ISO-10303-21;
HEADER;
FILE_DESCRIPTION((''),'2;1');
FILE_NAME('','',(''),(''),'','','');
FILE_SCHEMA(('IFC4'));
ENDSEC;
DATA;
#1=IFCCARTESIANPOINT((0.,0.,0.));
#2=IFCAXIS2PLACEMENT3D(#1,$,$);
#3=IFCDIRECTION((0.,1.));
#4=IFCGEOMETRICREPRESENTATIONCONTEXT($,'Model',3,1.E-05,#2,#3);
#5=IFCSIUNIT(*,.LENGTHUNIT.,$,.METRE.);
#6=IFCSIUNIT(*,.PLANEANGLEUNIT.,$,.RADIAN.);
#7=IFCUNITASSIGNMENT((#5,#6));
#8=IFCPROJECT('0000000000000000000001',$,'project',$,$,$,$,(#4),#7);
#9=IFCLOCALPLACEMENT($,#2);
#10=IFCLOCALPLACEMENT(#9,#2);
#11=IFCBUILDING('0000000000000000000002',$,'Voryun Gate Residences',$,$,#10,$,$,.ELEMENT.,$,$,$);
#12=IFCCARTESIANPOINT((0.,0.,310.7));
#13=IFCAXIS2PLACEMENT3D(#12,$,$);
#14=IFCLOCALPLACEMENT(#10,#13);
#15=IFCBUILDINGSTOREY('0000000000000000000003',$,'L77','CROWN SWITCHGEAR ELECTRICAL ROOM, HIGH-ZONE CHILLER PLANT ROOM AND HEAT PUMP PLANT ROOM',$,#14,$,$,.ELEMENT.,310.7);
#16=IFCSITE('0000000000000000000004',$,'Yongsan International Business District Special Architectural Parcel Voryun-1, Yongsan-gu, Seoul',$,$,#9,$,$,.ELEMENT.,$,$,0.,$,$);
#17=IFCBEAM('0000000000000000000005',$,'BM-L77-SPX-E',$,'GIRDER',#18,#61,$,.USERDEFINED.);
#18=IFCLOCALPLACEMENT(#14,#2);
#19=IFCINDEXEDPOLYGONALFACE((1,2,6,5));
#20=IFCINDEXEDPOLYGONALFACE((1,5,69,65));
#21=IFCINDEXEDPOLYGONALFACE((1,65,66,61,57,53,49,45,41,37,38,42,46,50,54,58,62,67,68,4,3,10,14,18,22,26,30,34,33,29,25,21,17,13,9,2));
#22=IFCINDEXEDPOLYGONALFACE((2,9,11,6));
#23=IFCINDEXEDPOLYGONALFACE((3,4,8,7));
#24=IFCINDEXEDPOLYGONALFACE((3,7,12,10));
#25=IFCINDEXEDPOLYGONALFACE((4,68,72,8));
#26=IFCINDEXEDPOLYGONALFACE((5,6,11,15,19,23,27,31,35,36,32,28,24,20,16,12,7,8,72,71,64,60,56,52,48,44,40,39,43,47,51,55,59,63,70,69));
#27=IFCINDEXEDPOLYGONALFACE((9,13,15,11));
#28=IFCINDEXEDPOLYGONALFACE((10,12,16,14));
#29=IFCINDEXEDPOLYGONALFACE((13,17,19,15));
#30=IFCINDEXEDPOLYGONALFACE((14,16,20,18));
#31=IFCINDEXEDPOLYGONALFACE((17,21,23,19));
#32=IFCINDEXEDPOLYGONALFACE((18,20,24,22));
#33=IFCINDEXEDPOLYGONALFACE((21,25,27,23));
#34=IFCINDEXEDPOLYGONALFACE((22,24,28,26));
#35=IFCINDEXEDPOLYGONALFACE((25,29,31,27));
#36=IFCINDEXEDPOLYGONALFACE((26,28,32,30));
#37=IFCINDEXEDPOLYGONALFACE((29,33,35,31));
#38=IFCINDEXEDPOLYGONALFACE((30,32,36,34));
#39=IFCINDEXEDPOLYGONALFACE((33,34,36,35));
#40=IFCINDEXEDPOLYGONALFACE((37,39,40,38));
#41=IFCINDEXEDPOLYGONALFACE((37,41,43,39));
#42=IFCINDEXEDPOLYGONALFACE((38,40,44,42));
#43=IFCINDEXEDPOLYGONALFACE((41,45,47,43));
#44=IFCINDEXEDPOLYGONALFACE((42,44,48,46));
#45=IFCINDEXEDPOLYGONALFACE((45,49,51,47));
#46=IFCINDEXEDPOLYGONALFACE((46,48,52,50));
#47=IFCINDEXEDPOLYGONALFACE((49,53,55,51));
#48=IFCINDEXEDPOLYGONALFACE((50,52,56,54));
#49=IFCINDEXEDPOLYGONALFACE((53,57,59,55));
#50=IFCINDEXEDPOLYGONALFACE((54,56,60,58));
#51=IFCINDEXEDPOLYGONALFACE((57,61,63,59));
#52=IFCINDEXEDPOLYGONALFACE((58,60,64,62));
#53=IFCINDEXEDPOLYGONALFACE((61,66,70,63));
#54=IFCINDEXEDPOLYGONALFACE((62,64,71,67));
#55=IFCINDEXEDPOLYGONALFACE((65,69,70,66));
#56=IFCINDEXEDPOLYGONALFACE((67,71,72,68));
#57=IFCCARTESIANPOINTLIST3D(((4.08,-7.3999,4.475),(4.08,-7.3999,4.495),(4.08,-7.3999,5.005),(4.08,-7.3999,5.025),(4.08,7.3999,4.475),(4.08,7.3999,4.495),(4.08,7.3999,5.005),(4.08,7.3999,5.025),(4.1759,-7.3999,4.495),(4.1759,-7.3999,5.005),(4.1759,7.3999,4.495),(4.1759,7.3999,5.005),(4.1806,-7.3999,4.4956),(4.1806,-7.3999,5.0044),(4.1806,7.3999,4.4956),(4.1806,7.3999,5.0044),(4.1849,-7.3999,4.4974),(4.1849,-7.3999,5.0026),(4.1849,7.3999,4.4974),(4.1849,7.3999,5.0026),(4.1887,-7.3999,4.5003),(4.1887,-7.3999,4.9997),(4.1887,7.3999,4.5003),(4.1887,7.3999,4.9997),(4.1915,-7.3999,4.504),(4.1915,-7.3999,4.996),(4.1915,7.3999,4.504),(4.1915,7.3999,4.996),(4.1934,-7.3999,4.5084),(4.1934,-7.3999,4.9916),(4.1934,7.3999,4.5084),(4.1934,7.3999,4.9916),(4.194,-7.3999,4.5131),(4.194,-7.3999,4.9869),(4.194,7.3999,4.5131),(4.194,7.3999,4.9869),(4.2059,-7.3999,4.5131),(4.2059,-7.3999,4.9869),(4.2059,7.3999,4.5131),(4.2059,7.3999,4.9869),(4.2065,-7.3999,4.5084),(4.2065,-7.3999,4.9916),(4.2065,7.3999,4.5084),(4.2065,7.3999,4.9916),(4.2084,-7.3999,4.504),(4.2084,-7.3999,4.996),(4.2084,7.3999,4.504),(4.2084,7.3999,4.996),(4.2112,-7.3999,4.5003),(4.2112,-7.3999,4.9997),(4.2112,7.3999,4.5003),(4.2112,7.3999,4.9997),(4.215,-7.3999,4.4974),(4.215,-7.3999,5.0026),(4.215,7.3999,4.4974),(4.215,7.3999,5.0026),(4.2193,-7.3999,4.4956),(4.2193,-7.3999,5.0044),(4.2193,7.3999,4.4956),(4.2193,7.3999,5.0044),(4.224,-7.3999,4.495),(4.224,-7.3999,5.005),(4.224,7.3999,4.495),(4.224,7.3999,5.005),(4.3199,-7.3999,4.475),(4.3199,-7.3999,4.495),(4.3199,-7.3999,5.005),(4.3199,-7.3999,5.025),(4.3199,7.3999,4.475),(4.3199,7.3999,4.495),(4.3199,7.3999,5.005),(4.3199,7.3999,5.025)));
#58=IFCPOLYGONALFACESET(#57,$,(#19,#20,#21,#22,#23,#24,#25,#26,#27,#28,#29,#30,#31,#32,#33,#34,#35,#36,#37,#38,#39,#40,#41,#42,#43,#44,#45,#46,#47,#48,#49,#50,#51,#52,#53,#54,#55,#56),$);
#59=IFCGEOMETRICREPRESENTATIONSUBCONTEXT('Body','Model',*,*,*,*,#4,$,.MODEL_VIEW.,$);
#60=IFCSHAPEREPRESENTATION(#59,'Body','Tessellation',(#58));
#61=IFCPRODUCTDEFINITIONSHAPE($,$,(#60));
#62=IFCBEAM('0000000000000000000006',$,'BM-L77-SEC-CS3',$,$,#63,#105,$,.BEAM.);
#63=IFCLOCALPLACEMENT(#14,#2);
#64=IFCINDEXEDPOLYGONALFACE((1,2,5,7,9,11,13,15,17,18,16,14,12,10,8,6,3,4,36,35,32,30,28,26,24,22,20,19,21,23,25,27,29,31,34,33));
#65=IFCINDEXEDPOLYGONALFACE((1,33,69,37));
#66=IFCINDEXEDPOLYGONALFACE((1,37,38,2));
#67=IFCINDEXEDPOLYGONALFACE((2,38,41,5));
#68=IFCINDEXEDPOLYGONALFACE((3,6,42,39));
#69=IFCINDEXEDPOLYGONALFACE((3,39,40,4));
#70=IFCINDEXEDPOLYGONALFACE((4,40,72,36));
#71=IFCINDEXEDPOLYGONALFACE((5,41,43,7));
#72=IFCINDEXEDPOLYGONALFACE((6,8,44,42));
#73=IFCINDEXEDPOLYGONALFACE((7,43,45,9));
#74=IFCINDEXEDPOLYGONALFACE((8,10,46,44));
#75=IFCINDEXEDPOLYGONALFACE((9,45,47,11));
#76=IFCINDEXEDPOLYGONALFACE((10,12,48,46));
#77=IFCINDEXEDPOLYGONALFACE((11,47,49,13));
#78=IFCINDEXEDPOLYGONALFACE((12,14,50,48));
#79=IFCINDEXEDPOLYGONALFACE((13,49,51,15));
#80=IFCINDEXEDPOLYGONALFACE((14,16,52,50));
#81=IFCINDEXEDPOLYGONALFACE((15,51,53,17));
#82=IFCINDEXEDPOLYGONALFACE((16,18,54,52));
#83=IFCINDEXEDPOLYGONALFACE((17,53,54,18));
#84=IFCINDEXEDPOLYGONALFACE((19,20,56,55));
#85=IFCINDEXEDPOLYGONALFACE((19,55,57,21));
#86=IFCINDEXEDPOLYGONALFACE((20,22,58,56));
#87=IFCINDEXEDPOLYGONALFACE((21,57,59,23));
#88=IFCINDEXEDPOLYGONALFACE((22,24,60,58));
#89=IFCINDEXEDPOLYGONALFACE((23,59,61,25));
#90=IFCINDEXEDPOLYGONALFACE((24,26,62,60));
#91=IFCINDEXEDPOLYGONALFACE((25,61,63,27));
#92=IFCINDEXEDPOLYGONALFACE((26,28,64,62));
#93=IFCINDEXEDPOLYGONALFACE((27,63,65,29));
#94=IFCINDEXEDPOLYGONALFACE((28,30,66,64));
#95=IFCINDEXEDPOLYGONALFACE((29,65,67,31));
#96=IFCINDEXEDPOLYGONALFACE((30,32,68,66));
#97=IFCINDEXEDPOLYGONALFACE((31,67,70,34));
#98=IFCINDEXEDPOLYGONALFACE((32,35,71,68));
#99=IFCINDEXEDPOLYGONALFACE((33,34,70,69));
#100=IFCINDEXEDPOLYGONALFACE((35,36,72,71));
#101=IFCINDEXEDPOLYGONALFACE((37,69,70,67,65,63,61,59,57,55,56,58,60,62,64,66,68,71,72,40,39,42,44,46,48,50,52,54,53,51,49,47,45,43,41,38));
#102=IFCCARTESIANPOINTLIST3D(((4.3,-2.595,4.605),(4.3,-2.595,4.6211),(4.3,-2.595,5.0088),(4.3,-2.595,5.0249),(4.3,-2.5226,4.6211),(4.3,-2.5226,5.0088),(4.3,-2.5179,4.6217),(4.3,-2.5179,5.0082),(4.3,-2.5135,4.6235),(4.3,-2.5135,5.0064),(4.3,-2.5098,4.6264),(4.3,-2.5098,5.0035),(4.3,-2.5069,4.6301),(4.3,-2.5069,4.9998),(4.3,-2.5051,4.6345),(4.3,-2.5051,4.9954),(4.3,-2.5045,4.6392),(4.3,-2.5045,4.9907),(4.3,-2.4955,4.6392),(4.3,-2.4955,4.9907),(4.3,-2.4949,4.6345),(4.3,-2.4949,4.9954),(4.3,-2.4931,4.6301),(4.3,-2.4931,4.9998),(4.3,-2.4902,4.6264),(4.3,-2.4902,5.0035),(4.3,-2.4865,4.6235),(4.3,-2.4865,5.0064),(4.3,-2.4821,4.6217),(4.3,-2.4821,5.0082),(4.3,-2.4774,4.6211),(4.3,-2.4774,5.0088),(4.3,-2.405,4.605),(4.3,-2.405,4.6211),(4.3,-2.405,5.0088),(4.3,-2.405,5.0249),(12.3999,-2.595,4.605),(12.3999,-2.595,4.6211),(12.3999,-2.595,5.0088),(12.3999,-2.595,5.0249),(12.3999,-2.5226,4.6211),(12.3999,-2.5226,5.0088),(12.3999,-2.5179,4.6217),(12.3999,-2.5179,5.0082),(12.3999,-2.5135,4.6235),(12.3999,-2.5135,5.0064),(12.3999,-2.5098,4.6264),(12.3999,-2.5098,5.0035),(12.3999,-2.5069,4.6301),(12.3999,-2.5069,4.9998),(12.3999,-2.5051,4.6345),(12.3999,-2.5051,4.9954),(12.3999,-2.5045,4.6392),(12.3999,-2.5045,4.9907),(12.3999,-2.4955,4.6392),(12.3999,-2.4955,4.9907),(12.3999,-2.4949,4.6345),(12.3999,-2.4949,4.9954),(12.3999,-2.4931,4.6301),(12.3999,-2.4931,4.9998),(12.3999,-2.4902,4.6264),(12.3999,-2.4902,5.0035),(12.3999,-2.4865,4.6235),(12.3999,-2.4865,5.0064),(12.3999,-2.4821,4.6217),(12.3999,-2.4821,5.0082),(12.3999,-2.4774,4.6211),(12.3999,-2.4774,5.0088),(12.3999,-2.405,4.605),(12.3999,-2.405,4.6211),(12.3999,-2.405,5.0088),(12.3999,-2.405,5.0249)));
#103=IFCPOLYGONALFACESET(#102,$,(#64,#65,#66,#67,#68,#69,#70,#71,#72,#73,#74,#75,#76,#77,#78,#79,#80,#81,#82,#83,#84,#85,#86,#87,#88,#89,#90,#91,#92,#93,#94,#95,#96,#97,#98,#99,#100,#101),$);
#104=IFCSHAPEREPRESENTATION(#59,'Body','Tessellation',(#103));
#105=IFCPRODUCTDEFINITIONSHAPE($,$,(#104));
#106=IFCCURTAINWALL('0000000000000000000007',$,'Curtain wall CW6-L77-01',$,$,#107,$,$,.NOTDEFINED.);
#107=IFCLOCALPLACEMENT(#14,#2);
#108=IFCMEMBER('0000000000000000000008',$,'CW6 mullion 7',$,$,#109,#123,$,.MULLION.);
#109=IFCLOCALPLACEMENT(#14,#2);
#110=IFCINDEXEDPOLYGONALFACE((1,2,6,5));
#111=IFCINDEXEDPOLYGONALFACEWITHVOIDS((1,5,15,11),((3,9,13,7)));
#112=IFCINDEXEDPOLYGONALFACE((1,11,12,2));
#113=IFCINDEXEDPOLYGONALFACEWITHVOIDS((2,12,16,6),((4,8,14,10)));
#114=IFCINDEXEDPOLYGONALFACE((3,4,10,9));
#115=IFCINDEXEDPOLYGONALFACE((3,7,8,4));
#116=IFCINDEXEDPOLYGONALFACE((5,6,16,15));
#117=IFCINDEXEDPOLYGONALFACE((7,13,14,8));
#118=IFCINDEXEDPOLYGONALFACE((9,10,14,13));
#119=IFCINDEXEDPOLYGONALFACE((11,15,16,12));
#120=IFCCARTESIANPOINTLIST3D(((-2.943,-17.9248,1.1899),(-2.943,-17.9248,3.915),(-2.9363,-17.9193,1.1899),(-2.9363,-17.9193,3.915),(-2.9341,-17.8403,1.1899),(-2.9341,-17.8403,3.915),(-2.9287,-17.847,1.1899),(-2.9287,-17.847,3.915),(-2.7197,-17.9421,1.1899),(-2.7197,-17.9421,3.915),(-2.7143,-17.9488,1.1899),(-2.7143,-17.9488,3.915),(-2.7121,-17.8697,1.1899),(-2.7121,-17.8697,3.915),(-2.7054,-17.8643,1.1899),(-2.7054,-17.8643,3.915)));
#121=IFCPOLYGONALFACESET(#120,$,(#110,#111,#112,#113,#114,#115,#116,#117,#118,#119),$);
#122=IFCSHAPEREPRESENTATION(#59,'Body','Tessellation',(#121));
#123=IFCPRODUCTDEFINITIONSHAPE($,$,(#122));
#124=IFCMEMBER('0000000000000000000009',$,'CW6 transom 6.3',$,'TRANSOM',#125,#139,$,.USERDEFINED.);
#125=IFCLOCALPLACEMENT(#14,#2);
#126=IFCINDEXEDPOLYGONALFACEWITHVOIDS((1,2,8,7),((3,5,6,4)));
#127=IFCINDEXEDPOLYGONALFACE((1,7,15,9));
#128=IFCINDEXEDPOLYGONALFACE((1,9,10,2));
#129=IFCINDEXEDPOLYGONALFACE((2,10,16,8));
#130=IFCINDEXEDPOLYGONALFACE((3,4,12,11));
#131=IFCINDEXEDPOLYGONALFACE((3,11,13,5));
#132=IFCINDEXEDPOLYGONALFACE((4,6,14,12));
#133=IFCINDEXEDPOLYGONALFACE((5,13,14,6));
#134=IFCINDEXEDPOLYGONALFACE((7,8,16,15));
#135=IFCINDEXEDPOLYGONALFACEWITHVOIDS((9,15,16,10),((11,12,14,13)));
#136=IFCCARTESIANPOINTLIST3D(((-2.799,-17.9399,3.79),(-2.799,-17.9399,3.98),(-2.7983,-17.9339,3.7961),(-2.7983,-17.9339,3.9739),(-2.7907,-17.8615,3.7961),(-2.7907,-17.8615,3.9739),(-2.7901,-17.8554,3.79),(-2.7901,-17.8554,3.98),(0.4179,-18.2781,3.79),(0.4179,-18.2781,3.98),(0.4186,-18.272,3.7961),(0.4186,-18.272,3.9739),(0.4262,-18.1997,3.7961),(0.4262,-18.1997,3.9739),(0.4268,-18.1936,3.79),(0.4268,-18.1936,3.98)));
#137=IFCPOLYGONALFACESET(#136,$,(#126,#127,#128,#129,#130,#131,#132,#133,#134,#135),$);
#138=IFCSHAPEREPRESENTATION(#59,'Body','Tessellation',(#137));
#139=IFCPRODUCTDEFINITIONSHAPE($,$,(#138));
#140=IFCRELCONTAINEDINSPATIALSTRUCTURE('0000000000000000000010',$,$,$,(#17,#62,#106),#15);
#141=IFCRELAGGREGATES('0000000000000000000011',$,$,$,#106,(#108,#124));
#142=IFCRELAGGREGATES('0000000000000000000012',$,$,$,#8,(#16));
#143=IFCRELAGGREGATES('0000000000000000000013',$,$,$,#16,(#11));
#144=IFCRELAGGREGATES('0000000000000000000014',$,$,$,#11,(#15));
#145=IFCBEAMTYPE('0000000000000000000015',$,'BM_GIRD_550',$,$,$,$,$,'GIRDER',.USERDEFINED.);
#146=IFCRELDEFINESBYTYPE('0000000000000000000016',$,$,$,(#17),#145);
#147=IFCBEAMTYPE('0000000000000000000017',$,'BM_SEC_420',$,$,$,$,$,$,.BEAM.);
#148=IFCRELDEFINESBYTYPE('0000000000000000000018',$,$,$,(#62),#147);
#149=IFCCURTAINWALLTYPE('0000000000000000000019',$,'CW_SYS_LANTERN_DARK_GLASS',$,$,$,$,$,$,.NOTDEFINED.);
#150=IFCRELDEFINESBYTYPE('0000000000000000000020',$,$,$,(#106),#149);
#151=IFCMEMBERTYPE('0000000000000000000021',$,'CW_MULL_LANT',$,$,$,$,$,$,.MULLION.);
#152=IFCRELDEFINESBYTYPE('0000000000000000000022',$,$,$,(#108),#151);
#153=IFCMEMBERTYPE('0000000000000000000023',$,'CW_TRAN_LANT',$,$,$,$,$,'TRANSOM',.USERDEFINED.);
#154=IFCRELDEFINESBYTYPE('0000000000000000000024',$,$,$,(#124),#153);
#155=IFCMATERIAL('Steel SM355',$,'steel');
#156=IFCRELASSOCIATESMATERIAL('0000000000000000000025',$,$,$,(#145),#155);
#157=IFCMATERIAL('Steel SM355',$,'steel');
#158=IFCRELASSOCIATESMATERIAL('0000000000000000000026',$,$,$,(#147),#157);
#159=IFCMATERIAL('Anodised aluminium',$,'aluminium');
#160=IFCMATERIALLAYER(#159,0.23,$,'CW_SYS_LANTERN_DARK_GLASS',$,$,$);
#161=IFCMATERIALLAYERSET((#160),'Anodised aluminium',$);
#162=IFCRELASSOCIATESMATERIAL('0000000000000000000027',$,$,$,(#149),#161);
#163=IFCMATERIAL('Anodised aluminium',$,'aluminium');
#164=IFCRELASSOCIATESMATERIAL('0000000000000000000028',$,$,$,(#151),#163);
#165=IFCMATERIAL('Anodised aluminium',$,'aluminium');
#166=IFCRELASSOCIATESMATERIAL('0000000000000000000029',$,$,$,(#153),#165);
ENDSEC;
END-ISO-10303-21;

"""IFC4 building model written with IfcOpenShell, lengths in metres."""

from ifc_helpers import new_model, si_unit, direction, frame, origin, origin_2d, place, context, subcontext, project, spatial, hollow_rectangle, i_section, extrude, material, layer, layer_set, material_profile, profile_set, type_object, element, aggregate, save


model = new_model("IFC4")

# Units and contexts
model_context = context("Model", 3, precision=1e-05, world=origin(), true_north=direction((0.0, 1.0)))
body_context = subcontext(model_context, "Body", "Model", "MODEL_VIEW")
ifc_project = project(units=[si_unit("LENGTHUNIT", "METRE"), si_unit("PLANEANGLEUNIT", "RADIAN")], contexts=[model_context])

# Site, building, storey
site_placement = place(None, origin())
site = spatial("IfcSite", under=ifc_project, at=site_placement, Name="Yongsan International Business District Special Architectural Parcel Voryun-1, Yongsan-gu, Seoul", CompositionType="ELEMENT", RefElevation=0.0)
building_placement = place(site_placement, origin())
building = spatial("IfcBuilding", under=site, at=building_placement, Name="Voryun Gate Residences", CompositionType="ELEMENT")
storey_placement = place(building_placement, frame((0.0, 0.0, 310.7)))
storey = spatial("IfcBuildingStorey", under=building, at=storey_placement, Name="L77", Description="CROWN SWITCHGEAR ELECTRICAL ROOM, HIGH-ZONE CHILLER PLANT ROOM AND HEAT PUMP PLANT ROOM", CompositionType="ELEMENT", Elevation=310.7)

# Beams
ifc_material_1 = material(Name="Steel SM355", Category="steel")
ifc_material_profile_1 = material_profile(ifc_material_1, i_section(OverallWidth=0.24, OverallDepth=0.55, WebThickness=0.012, FlangeThickness=0.02, FilletRadius=0.0181, at=origin_2d()), Name="H-550x240x12x20")
ifc_profile_set_1 = profile_set([ifc_material_profile_1], Name="Steel SM355")
beam_type_1 = type_object("IfcBeamType", Name="BM_GIRD_550", ElementType="GIRDER", PredefinedType="USERDEFINED", material=ifc_profile_set_1)
beam_1_placement = place(storey_placement, frame((4.2, -7.3999, 4.75), z_axis=(0.0, 1.0, 0.0), x_axis=(-1.0, 0.0, 0.0)))
element("IfcBeam", 1, at=beam_1_placement, inside=storey, type_object=beam_type_1, Name="BM-L77-SPX-E", ObjectType="GIRDER", PredefinedType="USERDEFINED", context=body_context, shape_type="SweptSolid", body=[
    extrude(i_section(OverallWidth=0.24, OverallDepth=0.55, WebThickness=0.012, FlangeThickness=0.02, FilletRadius=0.0181, at=origin_2d()), origin(), (0.0, 0.0, 1.0), 14.7998),
])
ifc_material_2 = material(Name="Steel SM355", Category="steel")
ifc_material_profile_2 = material_profile(ifc_material_2, i_section(OverallWidth=0.1899, OverallDepth=0.4199, WebThickness=0.009, FlangeThickness=0.0161, FilletRadius=0.0181, at=origin_2d()), Name="H-420x190x9x16")
ifc_profile_set_2 = profile_set([ifc_material_profile_2], Name="Steel SM355")
beam_type_2 = type_object("IfcBeamType", Name="BM_SEC_420", PredefinedType="BEAM", material=ifc_profile_set_2)
beam_2_placement = place(storey_placement, frame((4.3, -2.5, 4.8149), z_axis=(1.0, 0.0, 0.0), x_axis=(0.0, 1.0, 0.0)))
element("IfcBeam", 2, at=beam_2_placement, inside=storey, type_object=beam_type_2, Name="BM-L77-SEC-CS3", PredefinedType="BEAM", context=body_context, shape_type="SweptSolid", body=[
    extrude(i_section(OverallWidth=0.1899, OverallDepth=0.4199, WebThickness=0.009, FlangeThickness=0.0161, FilletRadius=0.0181, at=origin_2d()), origin(), (0.0, 0.0, 1.0), 8.0999),
])

# Curtain wall, members
ifc_material_3 = material(Name="Anodised aluminium", Category="aluminium")
ifc_layer_1 = layer(ifc_material_3, 0.23, Name="CW_SYS_LANTERN_DARK_GLASS")
ifc_layer_set_1 = layer_set([ifc_layer_1], Name="Anodised aluminium")
curtain_wall_type = type_object("IfcCurtainWallType", Name="CW_SYS_LANTERN_DARK_GLASS", PredefinedType="NOTDEFINED", material=ifc_layer_set_1)
curtain_wall_placement = place(storey_placement, origin())
curtain_wall = element("IfcCurtainWall", 3, at=curtain_wall_placement, inside=storey, type_object=curtain_wall_type, Name="Curtain wall CW6-L77-01", PredefinedType="NOTDEFINED")
ifc_material_4 = material(Name="Anodised aluminium", Category="aluminium")
ifc_material_profile_3 = material_profile(ifc_material_4, hollow_rectangle(XDim=0.085, YDim=0.23, WallThickness=0.0061, at=origin_2d()), Name="ALU-MULL-230x85x6")
ifc_profile_set_3 = profile_set([ifc_material_profile_3], Name="Anodised aluminium")
member_type_1 = type_object("IfcMemberType", Name="CW_MULL_LANT", PredefinedType="MULLION", material=ifc_profile_set_3)
member_1_placement = place(storey_placement, frame((-2.8242, -17.8945, 1.1899), z_axis=(0.0, 0.0, 1.0), x_axis=(-0.104528, -0.994522, 0.0)))
member_1 = element("IfcMember", 4, at=member_1_placement, type_object=member_type_1, Name="CW6 mullion 7", PredefinedType="MULLION", context=body_context, shape_type="SweptSolid", body=[
    extrude(hollow_rectangle(XDim=0.085, YDim=0.23, WallThickness=0.0061, at=origin_2d()), origin(), (0.0, 0.0, 1.0), 2.7251),
])
ifc_material_5 = material(Name="Anodised aluminium", Category="aluminium")
ifc_material_profile_4 = material_profile(ifc_material_5, hollow_rectangle(XDim=0.085, YDim=0.1899, WallThickness=0.0061, at=origin_2d()), Name="ALU-TRAN-190x85x6")
ifc_profile_set_4 = profile_set([ifc_material_profile_4], Name="Anodised aluminium")
member_type_2 = type_object("IfcMemberType", Name="CW_TRAN_LANT", ElementType="TRANSOM", PredefinedType="USERDEFINED", material=ifc_profile_set_4)
member_2_placement = place(storey_placement, frame((0.4224, -18.2358, 3.885), z_axis=(-0.994521, 0.104539, 0.0), x_axis=(-0.104539, -0.994521, 0.0)))
member_2 = element("IfcMember", 5, at=member_2_placement, type_object=member_type_2, Name="CW6 transom 6.3", ObjectType="TRANSOM", PredefinedType="USERDEFINED", context=body_context, shape_type="SweptSolid", body=[
    extrude(hollow_rectangle(XDim=0.085, YDim=0.1899, WallThickness=0.0061, at=origin_2d()), origin(), (0.0, 0.0, 1.0), 3.2346),
])

aggregate(curtain_wall, [member_1, member_2])

save(model, "model.ifc")
